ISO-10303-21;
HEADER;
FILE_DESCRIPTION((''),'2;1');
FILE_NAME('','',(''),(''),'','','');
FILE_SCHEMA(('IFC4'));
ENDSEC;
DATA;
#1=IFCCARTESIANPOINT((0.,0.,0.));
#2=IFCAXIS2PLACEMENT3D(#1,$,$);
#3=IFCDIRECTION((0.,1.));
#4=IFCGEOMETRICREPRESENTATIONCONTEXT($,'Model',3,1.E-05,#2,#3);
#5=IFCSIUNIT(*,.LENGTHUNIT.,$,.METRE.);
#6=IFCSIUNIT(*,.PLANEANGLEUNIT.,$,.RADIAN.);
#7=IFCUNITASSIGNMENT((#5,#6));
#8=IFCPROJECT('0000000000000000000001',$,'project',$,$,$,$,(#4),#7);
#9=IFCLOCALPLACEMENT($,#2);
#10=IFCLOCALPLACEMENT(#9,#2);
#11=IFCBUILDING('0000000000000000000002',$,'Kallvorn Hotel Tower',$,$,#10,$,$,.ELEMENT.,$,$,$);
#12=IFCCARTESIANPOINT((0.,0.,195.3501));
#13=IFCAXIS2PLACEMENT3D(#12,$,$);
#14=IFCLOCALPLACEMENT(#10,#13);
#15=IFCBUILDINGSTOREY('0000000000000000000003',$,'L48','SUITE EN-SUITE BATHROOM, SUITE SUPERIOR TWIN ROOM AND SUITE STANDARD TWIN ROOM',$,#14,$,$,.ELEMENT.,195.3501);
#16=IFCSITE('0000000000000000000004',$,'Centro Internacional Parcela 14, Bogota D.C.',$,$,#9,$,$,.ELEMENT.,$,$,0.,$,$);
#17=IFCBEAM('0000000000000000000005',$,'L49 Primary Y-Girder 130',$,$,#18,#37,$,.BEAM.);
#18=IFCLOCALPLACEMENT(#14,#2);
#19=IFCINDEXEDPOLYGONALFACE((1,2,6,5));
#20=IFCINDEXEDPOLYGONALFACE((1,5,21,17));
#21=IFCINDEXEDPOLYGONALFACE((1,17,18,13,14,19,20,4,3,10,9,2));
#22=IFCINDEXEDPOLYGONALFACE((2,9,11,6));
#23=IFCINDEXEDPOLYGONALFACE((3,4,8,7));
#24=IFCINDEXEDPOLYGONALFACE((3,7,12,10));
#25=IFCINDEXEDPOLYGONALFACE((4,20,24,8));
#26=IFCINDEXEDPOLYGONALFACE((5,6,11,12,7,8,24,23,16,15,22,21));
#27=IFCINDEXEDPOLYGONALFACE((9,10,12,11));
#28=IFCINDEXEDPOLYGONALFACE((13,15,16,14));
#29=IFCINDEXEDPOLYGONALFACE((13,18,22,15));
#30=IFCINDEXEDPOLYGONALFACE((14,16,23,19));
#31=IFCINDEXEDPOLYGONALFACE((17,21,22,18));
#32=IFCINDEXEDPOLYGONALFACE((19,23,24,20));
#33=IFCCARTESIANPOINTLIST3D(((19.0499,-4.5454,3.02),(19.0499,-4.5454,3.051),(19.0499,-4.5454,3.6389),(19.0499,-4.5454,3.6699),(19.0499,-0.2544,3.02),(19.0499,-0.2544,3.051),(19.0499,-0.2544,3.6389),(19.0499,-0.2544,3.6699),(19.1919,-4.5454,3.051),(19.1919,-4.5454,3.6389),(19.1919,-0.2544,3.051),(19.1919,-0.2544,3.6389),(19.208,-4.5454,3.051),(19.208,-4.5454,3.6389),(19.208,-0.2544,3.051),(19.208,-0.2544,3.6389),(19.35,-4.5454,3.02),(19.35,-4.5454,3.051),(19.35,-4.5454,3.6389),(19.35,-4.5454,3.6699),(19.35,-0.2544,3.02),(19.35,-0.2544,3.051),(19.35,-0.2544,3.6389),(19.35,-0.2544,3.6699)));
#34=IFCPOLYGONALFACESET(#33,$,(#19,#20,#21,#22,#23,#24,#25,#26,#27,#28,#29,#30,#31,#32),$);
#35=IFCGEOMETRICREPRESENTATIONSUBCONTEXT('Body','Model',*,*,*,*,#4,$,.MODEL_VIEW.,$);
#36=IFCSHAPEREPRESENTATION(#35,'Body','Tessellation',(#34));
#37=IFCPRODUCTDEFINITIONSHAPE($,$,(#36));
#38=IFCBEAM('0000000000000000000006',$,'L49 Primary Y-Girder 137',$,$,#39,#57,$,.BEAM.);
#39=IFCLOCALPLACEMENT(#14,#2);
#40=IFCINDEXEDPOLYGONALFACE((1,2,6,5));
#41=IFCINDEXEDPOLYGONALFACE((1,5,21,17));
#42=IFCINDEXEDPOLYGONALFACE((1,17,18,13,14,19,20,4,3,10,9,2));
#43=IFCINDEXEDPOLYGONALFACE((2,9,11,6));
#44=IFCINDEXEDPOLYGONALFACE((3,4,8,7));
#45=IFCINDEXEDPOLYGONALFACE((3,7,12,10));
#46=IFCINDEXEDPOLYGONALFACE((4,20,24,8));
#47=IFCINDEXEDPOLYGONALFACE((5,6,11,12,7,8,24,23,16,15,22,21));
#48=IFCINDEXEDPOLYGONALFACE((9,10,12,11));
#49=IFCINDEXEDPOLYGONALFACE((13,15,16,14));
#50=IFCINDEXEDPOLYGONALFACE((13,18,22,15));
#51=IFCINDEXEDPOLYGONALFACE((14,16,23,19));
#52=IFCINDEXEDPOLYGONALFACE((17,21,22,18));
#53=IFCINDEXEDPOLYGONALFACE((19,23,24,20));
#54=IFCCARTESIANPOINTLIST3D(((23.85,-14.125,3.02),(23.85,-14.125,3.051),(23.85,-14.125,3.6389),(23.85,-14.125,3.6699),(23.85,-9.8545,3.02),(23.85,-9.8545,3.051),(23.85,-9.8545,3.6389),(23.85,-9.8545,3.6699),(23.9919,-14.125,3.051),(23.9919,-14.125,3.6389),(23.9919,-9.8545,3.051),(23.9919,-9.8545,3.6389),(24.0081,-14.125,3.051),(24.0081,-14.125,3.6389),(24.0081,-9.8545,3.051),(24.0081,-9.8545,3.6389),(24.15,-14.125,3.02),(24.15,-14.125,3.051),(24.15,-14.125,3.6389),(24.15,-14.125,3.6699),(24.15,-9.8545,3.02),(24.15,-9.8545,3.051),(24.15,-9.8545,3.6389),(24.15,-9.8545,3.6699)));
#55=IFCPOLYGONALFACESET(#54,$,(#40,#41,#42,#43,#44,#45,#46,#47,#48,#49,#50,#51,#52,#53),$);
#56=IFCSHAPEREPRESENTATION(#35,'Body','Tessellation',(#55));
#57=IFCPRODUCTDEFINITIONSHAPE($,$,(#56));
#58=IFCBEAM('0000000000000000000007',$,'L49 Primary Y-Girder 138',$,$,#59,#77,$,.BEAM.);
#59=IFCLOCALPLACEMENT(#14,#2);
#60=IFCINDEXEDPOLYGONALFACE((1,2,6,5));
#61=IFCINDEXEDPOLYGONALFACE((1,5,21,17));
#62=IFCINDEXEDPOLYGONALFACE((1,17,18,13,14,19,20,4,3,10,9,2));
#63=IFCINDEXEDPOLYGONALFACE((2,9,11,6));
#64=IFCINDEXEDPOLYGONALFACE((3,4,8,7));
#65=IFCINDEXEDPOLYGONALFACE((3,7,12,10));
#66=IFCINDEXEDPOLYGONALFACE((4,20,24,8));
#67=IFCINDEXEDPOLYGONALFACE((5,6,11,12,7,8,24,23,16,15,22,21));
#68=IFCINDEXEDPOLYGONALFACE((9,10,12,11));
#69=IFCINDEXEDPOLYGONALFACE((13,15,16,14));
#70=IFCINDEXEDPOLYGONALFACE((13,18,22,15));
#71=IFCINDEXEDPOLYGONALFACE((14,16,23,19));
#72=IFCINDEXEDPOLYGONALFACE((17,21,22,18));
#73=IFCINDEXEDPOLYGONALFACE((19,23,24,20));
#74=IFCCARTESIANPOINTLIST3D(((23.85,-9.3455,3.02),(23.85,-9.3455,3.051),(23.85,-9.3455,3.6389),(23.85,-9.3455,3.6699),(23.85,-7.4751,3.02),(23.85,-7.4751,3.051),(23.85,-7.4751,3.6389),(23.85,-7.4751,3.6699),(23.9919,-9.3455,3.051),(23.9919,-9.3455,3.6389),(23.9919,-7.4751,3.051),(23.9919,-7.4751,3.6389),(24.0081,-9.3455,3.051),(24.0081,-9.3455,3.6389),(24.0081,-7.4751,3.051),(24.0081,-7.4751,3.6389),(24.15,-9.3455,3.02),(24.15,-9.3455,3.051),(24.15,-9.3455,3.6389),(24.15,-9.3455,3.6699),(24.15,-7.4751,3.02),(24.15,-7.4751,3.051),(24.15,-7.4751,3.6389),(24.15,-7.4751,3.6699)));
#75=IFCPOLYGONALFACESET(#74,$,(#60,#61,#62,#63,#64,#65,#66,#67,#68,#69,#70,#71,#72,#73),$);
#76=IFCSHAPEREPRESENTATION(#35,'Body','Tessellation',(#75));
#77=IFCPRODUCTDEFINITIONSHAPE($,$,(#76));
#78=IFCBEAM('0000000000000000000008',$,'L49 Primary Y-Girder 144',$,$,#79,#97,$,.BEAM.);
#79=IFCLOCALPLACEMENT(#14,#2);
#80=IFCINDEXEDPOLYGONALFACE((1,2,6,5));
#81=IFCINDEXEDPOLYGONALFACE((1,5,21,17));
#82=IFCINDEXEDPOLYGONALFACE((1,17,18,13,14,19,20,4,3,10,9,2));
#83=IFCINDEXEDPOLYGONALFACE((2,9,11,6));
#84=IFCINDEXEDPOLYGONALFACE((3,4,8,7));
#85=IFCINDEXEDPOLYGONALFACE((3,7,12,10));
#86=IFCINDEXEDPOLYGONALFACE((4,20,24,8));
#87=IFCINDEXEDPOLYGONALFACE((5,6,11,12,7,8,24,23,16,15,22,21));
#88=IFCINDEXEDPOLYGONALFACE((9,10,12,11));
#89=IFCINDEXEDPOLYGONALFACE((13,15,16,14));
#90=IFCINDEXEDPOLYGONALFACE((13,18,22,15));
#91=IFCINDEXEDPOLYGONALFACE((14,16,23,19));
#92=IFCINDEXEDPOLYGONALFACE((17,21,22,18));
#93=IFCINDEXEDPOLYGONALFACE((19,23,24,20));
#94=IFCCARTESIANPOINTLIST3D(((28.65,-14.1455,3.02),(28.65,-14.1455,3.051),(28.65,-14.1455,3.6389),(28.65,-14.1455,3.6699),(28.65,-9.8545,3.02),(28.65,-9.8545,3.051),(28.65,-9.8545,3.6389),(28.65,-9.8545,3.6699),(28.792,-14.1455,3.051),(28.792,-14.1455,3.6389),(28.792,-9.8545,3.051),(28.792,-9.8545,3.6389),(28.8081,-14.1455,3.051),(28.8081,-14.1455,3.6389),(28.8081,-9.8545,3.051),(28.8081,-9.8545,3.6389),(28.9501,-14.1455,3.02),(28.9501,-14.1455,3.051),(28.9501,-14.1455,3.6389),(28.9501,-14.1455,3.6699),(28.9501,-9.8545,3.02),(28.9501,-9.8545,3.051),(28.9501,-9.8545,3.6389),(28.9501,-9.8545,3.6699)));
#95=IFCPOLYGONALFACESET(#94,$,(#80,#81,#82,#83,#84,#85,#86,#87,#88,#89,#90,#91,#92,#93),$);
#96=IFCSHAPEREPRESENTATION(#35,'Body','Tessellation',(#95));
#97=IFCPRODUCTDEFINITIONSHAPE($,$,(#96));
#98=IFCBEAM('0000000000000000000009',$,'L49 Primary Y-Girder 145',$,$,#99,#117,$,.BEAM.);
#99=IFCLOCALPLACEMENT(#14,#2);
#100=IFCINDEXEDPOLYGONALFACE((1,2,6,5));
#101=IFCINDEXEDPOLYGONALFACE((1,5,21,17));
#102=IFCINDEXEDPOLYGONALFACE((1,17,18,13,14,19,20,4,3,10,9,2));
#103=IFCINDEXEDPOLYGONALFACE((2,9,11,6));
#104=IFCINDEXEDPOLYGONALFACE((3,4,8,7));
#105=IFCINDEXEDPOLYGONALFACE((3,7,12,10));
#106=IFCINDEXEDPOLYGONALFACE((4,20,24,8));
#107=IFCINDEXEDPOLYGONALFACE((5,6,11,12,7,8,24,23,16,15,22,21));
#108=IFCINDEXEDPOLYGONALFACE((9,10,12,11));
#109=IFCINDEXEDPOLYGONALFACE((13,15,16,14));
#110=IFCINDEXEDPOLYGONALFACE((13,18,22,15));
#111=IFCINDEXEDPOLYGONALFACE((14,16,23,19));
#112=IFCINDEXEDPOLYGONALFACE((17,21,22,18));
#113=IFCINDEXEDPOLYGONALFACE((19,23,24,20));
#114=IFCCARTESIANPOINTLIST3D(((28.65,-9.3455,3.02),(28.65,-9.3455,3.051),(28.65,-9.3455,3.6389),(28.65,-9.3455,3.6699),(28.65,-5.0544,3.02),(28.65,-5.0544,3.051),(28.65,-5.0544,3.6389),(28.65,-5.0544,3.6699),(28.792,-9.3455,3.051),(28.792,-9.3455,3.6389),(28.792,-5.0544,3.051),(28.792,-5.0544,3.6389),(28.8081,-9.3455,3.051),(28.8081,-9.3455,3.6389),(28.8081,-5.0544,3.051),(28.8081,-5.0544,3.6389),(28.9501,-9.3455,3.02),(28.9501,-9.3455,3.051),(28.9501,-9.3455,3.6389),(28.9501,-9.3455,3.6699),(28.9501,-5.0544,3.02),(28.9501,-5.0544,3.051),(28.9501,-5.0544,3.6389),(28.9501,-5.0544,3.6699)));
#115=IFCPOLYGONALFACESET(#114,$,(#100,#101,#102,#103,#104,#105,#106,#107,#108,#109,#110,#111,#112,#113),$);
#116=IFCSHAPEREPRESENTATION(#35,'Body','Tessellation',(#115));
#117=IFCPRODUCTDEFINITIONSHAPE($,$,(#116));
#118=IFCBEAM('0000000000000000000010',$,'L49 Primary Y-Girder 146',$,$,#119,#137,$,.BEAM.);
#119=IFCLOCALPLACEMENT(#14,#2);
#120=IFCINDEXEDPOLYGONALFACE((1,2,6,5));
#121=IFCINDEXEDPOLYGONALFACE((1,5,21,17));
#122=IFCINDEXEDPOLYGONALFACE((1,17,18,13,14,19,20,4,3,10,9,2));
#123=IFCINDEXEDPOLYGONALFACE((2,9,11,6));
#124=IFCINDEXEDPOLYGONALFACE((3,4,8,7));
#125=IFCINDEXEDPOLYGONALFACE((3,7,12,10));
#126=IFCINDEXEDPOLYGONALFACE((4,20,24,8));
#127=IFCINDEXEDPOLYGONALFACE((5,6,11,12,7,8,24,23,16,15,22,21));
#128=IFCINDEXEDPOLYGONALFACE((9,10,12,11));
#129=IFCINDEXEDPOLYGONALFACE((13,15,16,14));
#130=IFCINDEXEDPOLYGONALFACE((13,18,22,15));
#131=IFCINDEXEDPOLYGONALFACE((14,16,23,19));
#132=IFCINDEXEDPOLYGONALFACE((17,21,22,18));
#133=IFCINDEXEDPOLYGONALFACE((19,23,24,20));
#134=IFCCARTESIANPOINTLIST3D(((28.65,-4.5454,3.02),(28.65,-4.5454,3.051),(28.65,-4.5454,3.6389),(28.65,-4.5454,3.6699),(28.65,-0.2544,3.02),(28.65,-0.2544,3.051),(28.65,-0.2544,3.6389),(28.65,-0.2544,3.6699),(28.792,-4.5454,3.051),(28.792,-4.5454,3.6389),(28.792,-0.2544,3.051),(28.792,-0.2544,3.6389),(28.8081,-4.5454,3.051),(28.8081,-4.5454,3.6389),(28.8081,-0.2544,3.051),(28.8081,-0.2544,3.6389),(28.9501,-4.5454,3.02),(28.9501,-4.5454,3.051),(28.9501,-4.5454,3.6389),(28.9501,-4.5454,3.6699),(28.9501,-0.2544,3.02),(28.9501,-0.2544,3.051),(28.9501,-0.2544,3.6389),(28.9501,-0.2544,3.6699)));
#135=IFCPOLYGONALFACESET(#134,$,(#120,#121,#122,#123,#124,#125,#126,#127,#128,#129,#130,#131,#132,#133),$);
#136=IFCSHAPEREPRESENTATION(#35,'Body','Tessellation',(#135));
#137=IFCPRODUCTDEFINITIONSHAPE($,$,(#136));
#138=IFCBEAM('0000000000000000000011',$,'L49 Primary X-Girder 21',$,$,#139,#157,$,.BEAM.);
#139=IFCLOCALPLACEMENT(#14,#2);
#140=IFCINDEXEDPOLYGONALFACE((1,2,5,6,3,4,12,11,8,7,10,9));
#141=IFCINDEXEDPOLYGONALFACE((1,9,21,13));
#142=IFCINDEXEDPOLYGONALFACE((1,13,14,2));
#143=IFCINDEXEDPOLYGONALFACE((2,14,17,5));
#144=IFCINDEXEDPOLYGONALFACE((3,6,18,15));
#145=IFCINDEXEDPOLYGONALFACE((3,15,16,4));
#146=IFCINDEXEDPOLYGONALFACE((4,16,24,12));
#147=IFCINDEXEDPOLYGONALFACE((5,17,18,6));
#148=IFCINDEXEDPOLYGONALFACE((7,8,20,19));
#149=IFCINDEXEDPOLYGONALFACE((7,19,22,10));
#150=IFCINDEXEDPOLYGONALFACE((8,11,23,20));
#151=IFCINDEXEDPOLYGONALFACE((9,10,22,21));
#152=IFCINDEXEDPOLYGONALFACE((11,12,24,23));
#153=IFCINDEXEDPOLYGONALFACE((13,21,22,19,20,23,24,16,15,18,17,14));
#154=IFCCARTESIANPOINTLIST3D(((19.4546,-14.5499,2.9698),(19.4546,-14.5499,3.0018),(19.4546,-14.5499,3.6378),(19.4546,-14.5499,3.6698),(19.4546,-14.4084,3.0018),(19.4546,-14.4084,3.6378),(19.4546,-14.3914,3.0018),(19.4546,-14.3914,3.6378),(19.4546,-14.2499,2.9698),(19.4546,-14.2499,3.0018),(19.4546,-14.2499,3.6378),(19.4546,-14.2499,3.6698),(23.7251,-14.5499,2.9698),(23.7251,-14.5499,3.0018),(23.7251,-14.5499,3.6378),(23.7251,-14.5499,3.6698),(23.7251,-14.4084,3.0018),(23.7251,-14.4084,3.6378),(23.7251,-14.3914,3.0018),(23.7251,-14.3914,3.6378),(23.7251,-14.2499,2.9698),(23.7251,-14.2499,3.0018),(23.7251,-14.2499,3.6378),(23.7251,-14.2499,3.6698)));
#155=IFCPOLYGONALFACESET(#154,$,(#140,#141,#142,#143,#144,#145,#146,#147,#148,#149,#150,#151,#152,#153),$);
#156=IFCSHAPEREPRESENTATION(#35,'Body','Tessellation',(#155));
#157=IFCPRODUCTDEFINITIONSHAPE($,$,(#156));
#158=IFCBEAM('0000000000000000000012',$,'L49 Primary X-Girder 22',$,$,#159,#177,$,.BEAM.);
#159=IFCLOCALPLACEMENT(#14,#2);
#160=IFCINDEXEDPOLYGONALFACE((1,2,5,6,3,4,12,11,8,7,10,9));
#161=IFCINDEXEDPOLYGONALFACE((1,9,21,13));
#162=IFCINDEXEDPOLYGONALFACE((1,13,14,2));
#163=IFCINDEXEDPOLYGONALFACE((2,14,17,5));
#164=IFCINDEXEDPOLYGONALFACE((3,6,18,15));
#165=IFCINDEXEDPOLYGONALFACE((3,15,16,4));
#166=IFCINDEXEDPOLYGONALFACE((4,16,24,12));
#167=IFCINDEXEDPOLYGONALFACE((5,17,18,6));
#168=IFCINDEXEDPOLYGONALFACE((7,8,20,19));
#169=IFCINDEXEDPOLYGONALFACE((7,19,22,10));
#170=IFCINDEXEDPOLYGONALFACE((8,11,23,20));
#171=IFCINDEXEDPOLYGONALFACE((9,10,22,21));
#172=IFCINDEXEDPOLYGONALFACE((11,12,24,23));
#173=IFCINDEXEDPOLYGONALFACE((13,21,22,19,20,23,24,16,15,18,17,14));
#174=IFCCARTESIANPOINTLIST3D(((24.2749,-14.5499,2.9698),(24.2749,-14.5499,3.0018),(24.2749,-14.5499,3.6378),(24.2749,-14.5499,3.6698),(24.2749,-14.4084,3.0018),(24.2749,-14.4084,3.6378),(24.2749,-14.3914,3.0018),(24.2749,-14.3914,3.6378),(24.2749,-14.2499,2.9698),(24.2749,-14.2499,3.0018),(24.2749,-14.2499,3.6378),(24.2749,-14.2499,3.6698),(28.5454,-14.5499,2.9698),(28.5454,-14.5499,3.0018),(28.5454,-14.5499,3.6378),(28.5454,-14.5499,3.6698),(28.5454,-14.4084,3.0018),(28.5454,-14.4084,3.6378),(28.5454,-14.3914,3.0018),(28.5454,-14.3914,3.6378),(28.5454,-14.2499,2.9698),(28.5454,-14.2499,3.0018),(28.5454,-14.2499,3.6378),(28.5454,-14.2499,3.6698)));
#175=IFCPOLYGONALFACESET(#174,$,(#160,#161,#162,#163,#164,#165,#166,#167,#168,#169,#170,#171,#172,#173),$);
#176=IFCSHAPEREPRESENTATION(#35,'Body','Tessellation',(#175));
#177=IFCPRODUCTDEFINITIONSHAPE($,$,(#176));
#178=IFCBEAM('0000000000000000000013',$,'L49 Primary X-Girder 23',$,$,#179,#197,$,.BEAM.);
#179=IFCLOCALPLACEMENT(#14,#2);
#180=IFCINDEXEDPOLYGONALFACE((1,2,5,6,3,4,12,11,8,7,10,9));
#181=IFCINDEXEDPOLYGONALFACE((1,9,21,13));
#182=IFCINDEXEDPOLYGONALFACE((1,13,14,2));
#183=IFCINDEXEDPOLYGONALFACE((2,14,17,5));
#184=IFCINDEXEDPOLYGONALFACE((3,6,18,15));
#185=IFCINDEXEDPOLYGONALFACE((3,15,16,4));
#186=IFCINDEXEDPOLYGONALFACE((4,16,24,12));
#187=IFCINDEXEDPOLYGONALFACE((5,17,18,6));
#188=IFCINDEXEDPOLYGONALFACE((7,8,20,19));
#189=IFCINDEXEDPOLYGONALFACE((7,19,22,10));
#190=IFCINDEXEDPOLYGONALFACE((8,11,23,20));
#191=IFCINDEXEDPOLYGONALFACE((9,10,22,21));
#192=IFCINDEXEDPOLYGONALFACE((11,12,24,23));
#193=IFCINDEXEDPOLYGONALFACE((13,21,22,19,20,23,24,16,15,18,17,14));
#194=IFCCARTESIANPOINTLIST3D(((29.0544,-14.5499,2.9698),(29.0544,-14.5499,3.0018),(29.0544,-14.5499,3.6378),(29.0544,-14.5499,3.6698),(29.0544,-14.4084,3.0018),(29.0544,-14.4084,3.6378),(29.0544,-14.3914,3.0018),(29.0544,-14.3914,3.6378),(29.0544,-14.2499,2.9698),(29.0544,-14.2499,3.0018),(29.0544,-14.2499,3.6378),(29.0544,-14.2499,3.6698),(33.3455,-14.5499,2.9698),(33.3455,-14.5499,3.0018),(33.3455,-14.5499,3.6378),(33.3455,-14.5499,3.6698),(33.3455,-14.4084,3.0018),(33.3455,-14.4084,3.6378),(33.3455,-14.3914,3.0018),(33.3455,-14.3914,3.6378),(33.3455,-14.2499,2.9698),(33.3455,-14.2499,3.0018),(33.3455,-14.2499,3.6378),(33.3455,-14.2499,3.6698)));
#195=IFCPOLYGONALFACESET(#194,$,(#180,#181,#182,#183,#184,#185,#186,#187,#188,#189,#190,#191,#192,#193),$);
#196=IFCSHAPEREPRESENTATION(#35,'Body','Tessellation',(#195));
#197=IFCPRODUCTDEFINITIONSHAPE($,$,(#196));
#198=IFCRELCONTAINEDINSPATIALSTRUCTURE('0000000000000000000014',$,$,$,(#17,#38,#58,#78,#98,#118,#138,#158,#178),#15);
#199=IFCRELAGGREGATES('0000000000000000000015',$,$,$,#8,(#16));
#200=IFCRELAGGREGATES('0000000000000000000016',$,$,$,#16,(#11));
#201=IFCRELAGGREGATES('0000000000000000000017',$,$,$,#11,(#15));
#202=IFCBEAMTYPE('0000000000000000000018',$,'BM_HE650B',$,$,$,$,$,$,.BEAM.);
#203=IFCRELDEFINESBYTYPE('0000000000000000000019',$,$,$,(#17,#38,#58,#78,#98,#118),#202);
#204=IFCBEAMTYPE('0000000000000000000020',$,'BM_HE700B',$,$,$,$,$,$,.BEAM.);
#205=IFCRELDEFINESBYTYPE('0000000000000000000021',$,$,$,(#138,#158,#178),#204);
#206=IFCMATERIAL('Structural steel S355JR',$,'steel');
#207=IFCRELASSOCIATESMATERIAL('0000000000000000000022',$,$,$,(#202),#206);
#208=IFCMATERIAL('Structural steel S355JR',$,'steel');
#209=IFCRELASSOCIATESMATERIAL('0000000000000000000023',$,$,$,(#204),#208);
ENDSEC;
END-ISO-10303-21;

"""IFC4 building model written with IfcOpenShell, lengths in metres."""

from ifc_helpers import new_model, si_unit, direction, frame, origin, origin_2d, place, context, subcontext, project, spatial, i_section, extrude, material, material_profile, profile_set, type_object, element, save


model = new_model("IFC4")

# Units and contexts
model_context = context("Model", 3, precision=1e-05, world=origin(), true_north=direction((0.0, 1.0)))
body_context = subcontext(model_context, "Body", "Model", "MODEL_VIEW")
ifc_project = project(units=[si_unit("LENGTHUNIT", "METRE"), si_unit("PLANEANGLEUNIT", "RADIAN")], contexts=[model_context])

# Site, building, storey
site_placement = place(None, origin())
site = spatial("IfcSite", under=ifc_project, at=site_placement, Name="Centro Internacional Parcela 14, Bogota D.C.", CompositionType="ELEMENT", RefElevation=0.0)
building_placement = place(site_placement, origin())
building = spatial("IfcBuilding", under=site, at=building_placement, Name="Kallvorn Hotel Tower", CompositionType="ELEMENT")
storey_placement = place(building_placement, frame((0.0, 0.0, 195.3501)))
storey = spatial("IfcBuildingStorey", under=building, at=storey_placement, Name="L48", Description="SUITE EN-SUITE BATHROOM, SUITE SUPERIOR TWIN ROOM AND SUITE STANDARD TWIN ROOM", CompositionType="ELEMENT", Elevation=195.3501)

# Beams
ifc_material_1 = material(Name="Structural steel S355JR", Category="steel")
ifc_material_profile_1 = material_profile(ifc_material_1, i_section(OverallWidth=0.3, OverallDepth=0.6499, WebThickness=0.0161, FlangeThickness=0.031, at=origin_2d()), Name="HE 650 B")
ifc_profile_set_1 = profile_set([ifc_material_profile_1], Name="Structural steel S355JR")
beam_type_1 = type_object("IfcBeamType", Name="BM_HE650B", PredefinedType="BEAM", material=ifc_profile_set_1)
for number, where, z_axis, x_axis, name in (
    (1, (19.2, -4.5454, 3.345), (0.0, 1.0, 0.0), (-1.0, 0.0, 0.0), "L49 Primary Y-Girder 130"),
):
    element("IfcBeam", number, at=place(storey_placement, frame(where, z_axis=z_axis, x_axis=x_axis)), inside=storey, type_object=beam_type_1, Name=name, PredefinedType="BEAM", context=body_context, shape_type="SweptSolid", body=[
        extrude(i_section(OverallWidth=0.3, OverallDepth=0.6499, WebThickness=0.0161, FlangeThickness=0.031, at=origin_2d()), origin(), (0.0, 0.0, 1.0), 4.291),
    ])
beam_1_placement = place(storey_placement, frame((24.0, -14.125, 3.345), z_axis=(0.0, 1.0, 0.0), x_axis=(-1.0, 0.0, 0.0)))
element("IfcBeam", 2, at=beam_1_placement, inside=storey, type_object=beam_type_1, Name="L49 Primary Y-Girder 137", PredefinedType="BEAM", context=body_context, shape_type="SweptSolid", body=[
    extrude(i_section(OverallWidth=0.3, OverallDepth=0.6499, WebThickness=0.0161, FlangeThickness=0.031, at=origin_2d()), origin(), (0.0, 0.0, 1.0), 4.2705),
])
beam_2_placement = place(storey_placement, frame((24.0, -9.3455, 3.345), z_axis=(0.0, 1.0, 0.0), x_axis=(-1.0, 0.0, 0.0)))
element("IfcBeam", 3, at=beam_2_placement, inside=storey, type_object=beam_type_1, Name="L49 Primary Y-Girder 138", PredefinedType="BEAM", context=body_context, shape_type="SweptSolid", body=[
    extrude(i_section(OverallWidth=0.3, OverallDepth=0.6499, WebThickness=0.0161, FlangeThickness=0.031, at=origin_2d()), origin(), (0.0, 0.0, 1.0), 1.8704),
])
for number, where, z_axis, x_axis, name in (
    (4, (28.8, -14.1455, 3.345), (0.0, 1.0, 0.0), (-1.0, 0.0, 0.0), "L49 Primary Y-Girder 144"),
    (5, (28.8, -9.3455, 3.345), (0.0, 1.0, 0.0), (-1.0, 0.0, 0.0), "L49 Primary Y-Girder 145"),
    (6, (28.8, -4.5454, 3.345), (0.0, 1.0, 0.0), (-1.0, 0.0, 0.0), "L49 Primary Y-Girder 146"),
):
    element("IfcBeam", number, at=place(storey_placement, frame(where, z_axis=z_axis, x_axis=x_axis)), inside=storey, type_object=beam_type_1, Name=name, PredefinedType="BEAM", context=body_context, shape_type="SweptSolid", body=[
        extrude(i_section(OverallWidth=0.3, OverallDepth=0.6499, WebThickness=0.0161, FlangeThickness=0.031, at=origin_2d()), origin(), (0.0, 0.0, 1.0), 4.291),
    ])
ifc_material_2 = material(Name="Structural steel S355JR", Category="steel")
ifc_material_profile_2 = material_profile(ifc_material_2, i_section(OverallWidth=0.3, OverallDepth=0.7, WebThickness=0.0171, FlangeThickness=0.032, at=origin_2d()), Name="HE 700 B")
ifc_profile_set_2 = profile_set([ifc_material_profile_2], Name="Structural steel S355JR")
beam_type_2 = type_object("IfcBeamType", Name="BM_HE700B", PredefinedType="BEAM", material=ifc_profile_set_2)
for number, where, z_axis, x_axis, name in (
    (7, (19.4546, -14.3999, 3.3198), (1.0, 0.0, 0.0), (0.0, 1.0, 0.0), "L49 Primary X-Girder 21"),
    (8, (24.2749, -14.3999, 3.3198), (1.0, 0.0, 0.0), (0.0, 1.0, 0.0), "L49 Primary X-Girder 22"),
):
    element("IfcBeam", number, at=place(storey_placement, frame(where, z_axis=z_axis, x_axis=x_axis)), inside=storey, type_object=beam_type_2, Name=name, PredefinedType="BEAM", context=body_context, shape_type="SweptSolid", body=[
        extrude(i_section(OverallWidth=0.3, OverallDepth=0.7, WebThickness=0.0171, FlangeThickness=0.032, at=origin_2d()), origin(), (0.0, 0.0, 1.0), 4.2705),
    ])
for number, where, z_axis, x_axis, name in (
    (9, (29.0544, -14.3999, 3.3198), (1.0, 0.0, 0.0), (0.0, 1.0, 0.0), "L49 Primary X-Girder 23"),
):
    element("IfcBeam", number, at=place(storey_placement, frame(where, z_axis=z_axis, x_axis=x_axis)), inside=storey, type_object=beam_type_2, Name=name, PredefinedType="BEAM", context=body_context, shape_type="SweptSolid", body=[
        extrude(i_section(OverallWidth=0.3, OverallDepth=0.7, WebThickness=0.0171, FlangeThickness=0.032, at=origin_2d()), origin(), (0.0, 0.0, 1.0), 4.291),
    ])

save(model, "model.ifc")
